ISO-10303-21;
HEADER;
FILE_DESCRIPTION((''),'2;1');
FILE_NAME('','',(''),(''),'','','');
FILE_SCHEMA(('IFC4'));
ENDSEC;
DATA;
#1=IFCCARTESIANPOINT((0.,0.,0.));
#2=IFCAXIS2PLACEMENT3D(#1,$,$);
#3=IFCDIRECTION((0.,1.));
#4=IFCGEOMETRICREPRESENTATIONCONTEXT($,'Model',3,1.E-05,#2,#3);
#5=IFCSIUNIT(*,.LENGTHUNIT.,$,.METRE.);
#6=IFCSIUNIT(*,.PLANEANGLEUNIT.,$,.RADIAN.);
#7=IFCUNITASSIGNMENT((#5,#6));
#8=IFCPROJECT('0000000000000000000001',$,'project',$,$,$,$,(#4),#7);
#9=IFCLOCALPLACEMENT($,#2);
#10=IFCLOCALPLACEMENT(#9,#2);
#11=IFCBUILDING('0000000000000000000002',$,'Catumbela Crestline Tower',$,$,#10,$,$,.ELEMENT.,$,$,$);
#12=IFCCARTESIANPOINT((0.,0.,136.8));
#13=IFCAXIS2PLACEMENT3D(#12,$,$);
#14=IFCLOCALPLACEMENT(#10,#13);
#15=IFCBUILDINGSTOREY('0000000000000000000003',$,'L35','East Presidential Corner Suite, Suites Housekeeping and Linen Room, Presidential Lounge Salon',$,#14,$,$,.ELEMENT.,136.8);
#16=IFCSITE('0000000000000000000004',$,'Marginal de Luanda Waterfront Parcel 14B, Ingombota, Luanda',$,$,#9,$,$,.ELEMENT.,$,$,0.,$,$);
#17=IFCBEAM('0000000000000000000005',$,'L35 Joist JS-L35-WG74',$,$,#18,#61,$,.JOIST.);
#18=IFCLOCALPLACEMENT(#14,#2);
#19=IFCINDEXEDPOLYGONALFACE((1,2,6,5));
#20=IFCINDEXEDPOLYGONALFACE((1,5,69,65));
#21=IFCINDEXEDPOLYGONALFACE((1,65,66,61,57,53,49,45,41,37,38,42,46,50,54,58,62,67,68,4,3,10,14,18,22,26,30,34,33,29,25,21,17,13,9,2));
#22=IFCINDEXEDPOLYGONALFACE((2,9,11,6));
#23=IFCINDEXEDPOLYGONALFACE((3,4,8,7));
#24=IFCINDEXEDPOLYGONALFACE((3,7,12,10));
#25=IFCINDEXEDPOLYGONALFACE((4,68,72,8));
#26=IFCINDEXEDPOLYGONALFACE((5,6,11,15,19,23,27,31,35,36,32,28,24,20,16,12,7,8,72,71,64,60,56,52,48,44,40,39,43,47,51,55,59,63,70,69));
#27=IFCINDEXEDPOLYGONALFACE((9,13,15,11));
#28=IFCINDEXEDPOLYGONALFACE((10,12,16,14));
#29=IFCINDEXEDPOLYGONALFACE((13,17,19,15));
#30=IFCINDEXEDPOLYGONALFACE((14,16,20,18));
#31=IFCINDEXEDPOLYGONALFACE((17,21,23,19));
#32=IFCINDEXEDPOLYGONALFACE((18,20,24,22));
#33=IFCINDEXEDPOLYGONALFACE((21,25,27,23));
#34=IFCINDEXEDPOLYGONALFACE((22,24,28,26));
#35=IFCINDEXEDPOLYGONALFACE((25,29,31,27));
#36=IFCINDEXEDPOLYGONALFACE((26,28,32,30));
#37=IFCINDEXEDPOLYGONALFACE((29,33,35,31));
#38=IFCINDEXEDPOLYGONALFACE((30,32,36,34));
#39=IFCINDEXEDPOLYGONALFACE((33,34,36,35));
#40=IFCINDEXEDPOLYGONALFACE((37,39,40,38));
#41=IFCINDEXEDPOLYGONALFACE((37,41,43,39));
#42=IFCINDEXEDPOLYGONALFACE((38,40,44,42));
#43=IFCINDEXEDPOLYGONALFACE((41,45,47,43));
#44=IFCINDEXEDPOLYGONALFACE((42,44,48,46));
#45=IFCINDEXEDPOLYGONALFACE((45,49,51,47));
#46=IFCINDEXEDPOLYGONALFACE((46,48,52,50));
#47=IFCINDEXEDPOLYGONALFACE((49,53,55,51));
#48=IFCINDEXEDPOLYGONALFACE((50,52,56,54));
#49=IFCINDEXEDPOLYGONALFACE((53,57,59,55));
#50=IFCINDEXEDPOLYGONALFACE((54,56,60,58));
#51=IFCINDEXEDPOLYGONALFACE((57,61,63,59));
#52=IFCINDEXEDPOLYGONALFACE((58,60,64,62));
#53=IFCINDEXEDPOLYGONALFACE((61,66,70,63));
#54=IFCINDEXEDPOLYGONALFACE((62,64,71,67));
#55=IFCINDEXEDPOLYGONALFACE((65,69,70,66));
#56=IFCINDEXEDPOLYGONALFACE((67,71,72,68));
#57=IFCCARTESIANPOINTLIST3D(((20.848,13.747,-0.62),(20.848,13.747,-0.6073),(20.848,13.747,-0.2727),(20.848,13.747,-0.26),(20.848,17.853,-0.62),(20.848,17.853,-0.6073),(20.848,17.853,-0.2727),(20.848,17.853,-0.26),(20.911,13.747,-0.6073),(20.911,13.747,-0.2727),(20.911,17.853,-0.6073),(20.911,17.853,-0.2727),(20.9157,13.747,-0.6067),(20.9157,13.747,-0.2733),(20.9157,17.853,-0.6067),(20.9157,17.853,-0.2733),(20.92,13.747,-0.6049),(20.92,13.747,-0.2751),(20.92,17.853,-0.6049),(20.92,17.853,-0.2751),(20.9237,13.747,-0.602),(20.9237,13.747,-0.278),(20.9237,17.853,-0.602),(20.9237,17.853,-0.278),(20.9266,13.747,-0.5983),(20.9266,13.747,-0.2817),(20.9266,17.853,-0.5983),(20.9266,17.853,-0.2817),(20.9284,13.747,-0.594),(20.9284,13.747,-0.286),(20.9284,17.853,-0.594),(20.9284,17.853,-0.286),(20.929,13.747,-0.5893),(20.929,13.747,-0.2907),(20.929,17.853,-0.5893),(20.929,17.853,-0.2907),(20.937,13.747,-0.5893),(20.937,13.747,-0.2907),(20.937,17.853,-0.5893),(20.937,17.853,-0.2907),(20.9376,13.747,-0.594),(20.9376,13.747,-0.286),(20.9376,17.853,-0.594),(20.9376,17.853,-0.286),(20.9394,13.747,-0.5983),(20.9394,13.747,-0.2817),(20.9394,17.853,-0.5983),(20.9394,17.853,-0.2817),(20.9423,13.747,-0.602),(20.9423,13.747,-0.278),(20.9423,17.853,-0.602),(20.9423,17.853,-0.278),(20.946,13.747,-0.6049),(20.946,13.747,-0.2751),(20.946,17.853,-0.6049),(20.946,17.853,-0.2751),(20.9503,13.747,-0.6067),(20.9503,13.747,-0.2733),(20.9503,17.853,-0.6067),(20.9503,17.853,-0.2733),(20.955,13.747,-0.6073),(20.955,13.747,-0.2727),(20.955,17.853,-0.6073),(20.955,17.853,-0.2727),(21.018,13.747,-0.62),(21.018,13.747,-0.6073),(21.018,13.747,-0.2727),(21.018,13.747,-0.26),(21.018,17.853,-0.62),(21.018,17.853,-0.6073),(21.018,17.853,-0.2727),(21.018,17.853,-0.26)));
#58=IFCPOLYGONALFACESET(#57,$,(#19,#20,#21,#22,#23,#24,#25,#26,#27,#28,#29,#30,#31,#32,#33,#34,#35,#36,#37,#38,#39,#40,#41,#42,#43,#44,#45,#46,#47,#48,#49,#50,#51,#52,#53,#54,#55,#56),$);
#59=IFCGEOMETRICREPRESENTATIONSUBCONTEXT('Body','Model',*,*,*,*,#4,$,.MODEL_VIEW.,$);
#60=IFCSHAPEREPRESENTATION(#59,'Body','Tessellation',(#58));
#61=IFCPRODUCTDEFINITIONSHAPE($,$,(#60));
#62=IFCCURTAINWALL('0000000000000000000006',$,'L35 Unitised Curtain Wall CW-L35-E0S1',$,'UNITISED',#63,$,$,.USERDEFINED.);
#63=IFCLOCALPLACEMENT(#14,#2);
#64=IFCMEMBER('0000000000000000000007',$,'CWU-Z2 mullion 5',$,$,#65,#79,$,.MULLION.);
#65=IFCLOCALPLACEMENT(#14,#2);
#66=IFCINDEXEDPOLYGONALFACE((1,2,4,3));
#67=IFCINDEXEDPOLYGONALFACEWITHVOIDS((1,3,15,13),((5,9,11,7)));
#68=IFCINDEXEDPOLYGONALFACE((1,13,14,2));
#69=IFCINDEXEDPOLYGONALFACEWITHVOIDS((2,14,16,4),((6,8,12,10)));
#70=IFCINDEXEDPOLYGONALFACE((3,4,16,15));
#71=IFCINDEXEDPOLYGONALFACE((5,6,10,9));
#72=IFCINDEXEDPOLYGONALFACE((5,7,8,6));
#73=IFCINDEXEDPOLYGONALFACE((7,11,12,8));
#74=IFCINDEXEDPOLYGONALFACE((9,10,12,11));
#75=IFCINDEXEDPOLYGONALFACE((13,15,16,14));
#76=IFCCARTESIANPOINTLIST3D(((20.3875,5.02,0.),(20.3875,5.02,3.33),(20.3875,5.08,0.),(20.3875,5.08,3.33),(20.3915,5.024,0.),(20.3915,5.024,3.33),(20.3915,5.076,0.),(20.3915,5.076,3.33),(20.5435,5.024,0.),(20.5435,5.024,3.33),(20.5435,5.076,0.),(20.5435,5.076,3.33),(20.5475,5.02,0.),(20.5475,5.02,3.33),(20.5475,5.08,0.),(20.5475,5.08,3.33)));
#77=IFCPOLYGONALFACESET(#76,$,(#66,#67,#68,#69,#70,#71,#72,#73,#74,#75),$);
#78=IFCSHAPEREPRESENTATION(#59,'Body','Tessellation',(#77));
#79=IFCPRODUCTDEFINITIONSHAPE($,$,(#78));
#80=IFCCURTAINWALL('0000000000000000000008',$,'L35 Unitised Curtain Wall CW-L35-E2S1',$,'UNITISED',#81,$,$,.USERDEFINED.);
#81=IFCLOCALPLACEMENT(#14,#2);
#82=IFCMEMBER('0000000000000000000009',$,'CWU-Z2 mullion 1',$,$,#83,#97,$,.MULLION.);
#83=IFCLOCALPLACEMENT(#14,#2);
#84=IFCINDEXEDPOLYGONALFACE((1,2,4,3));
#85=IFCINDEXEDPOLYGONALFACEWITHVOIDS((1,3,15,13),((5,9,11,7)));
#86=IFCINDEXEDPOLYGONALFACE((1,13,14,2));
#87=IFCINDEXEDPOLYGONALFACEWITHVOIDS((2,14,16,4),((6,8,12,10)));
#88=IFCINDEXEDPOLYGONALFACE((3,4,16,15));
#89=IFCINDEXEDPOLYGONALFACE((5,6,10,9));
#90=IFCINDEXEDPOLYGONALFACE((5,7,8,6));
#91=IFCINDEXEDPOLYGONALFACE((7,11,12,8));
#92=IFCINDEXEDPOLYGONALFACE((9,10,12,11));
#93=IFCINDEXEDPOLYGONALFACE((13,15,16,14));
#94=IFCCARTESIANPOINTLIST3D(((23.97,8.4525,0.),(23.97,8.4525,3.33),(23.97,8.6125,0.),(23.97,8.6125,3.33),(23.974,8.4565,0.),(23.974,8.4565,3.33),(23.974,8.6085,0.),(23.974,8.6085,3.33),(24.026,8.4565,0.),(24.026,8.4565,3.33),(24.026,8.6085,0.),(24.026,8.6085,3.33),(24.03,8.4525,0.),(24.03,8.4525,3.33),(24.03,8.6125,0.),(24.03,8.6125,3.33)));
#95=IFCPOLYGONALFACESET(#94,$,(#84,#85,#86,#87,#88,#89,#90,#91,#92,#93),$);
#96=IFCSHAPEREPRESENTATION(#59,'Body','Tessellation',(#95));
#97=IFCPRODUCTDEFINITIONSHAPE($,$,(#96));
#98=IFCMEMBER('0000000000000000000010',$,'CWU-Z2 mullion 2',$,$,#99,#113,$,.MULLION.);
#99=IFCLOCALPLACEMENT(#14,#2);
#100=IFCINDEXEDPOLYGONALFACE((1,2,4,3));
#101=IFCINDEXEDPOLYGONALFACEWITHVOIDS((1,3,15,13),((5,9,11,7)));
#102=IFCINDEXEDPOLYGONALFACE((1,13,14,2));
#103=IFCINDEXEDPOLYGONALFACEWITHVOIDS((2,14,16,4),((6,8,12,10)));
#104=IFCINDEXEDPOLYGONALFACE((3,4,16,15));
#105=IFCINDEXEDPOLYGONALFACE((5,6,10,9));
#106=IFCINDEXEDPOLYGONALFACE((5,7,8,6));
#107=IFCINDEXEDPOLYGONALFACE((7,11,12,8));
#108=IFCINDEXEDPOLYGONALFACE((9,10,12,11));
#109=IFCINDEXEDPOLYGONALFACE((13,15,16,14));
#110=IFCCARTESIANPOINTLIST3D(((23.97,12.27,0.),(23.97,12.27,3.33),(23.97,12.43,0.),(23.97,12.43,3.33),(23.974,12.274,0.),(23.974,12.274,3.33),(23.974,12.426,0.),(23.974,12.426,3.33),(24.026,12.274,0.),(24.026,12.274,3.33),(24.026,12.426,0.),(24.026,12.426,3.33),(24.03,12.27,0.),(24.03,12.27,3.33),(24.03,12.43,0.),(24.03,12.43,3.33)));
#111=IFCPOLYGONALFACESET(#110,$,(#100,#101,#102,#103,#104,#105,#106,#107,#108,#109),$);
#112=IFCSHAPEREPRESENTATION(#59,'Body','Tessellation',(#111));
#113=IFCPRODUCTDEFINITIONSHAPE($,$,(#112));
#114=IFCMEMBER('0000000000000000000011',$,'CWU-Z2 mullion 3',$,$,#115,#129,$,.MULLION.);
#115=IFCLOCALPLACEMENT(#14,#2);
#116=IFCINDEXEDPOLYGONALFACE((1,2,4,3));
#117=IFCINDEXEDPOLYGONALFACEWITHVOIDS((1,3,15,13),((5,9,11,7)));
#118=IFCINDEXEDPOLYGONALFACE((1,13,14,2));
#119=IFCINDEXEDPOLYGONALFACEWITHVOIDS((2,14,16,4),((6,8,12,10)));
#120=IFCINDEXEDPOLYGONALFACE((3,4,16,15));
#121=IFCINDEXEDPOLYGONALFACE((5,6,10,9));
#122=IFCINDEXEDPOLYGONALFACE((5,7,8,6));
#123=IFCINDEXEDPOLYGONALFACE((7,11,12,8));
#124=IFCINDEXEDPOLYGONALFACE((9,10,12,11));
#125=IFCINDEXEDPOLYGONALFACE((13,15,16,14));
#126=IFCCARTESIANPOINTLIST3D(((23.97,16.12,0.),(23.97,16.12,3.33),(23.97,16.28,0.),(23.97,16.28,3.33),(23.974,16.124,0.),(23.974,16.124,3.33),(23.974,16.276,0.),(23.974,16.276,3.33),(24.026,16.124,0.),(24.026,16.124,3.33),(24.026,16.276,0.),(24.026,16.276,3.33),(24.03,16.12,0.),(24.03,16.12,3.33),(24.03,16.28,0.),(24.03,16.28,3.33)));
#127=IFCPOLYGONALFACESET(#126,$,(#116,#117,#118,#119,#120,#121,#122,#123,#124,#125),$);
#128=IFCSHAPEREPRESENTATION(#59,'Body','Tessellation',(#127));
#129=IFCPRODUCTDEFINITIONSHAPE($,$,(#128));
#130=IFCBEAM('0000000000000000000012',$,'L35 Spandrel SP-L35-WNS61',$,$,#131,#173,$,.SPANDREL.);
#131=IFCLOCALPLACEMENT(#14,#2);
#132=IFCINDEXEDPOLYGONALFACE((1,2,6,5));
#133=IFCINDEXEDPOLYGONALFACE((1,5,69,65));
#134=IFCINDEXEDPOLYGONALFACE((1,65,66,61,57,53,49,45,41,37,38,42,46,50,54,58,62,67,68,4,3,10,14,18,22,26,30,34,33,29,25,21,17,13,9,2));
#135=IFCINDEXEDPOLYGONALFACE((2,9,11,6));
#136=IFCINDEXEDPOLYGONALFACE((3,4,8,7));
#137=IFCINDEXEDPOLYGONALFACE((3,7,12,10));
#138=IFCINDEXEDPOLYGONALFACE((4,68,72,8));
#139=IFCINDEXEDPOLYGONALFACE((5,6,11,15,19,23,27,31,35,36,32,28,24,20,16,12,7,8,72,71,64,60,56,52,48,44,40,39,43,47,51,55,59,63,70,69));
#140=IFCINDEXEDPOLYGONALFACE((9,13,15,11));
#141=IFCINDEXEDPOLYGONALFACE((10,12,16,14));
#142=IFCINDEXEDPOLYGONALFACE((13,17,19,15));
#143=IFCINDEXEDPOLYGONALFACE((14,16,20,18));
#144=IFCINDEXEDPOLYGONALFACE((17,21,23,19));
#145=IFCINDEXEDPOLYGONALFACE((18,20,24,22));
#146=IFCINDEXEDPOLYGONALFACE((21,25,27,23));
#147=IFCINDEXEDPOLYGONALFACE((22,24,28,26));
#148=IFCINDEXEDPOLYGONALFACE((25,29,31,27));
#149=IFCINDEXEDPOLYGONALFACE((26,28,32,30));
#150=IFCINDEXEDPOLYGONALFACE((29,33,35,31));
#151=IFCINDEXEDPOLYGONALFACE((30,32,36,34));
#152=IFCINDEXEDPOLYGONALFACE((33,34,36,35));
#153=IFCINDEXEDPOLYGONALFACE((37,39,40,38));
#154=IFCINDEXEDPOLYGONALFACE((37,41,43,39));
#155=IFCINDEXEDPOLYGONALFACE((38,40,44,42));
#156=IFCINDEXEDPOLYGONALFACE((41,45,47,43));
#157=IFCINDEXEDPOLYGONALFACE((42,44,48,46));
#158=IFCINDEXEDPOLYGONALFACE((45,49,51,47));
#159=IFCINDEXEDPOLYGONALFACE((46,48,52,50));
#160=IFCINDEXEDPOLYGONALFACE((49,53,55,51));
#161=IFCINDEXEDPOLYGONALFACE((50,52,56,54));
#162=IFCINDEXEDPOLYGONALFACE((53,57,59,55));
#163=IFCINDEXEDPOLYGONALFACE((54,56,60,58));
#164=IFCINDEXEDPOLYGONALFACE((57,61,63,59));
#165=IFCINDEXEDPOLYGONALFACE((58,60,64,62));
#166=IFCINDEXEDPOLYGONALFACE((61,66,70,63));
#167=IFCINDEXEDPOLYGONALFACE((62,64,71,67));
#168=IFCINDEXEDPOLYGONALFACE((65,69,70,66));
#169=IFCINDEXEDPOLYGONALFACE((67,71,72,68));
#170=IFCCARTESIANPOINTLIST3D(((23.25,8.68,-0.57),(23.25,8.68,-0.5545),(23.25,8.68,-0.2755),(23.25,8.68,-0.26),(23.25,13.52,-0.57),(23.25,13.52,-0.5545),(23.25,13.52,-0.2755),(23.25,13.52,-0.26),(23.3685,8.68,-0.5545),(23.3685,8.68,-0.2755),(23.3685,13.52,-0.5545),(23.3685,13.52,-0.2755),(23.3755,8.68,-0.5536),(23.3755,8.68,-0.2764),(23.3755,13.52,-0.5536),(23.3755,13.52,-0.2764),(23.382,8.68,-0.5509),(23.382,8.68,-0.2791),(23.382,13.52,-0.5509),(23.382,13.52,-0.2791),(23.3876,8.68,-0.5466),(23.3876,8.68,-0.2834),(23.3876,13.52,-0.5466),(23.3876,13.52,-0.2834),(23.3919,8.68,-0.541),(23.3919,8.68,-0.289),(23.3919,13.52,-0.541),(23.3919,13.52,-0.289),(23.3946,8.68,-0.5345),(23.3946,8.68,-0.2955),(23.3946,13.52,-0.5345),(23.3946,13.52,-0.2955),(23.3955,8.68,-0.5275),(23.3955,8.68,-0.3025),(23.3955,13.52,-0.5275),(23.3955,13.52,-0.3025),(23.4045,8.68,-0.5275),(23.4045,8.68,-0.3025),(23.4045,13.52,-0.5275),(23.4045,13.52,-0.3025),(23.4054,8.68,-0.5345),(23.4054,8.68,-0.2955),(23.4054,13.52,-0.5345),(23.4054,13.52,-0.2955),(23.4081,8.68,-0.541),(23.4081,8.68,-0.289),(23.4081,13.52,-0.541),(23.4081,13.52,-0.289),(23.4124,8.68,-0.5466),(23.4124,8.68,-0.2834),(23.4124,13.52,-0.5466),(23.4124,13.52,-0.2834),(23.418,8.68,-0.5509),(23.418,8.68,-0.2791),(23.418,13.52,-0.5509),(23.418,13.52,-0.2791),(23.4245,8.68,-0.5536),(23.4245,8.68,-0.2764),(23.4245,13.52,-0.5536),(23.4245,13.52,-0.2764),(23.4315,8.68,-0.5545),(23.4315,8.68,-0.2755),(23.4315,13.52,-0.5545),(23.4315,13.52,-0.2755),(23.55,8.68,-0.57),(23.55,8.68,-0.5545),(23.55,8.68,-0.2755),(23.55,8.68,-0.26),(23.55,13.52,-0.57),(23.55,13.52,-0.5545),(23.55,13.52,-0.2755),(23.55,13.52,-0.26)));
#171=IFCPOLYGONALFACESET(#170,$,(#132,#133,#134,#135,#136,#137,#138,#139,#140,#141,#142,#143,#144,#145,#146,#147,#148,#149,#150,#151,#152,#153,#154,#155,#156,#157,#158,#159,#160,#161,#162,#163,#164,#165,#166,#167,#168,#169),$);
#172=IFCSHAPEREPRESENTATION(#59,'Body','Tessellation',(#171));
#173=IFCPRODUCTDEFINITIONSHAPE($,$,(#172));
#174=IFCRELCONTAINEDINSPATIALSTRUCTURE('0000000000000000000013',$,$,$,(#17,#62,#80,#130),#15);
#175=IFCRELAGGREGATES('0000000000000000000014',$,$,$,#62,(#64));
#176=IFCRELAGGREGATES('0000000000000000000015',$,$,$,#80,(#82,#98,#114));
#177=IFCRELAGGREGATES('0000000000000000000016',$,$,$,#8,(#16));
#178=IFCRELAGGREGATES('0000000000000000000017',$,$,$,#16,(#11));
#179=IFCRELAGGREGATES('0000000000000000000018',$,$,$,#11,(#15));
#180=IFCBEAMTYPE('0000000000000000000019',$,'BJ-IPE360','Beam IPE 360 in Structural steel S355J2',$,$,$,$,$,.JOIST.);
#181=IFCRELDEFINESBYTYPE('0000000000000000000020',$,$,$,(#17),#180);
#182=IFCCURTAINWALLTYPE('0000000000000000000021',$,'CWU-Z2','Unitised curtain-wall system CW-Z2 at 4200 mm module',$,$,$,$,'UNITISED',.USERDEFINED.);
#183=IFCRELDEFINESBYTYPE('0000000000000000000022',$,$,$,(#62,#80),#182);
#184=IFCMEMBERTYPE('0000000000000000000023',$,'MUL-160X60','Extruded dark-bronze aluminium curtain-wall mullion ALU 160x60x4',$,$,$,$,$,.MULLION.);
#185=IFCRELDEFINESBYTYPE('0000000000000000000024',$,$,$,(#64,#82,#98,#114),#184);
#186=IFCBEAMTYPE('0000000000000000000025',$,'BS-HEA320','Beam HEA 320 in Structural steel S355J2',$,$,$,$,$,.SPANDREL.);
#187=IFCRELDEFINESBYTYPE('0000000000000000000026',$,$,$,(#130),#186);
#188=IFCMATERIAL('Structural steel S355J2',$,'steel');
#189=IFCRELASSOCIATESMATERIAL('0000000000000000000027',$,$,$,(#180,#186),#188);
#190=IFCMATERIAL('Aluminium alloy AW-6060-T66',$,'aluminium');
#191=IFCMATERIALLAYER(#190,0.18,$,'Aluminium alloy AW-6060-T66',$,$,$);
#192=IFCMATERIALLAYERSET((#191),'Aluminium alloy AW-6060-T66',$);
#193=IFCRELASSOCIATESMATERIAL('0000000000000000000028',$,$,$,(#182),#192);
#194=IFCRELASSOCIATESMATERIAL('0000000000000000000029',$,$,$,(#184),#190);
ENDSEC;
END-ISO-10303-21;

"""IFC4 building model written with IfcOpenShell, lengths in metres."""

from ifc_helpers import new_model, si_unit, direction, frame, origin, origin_2d, place, context, subcontext, project, spatial, hollow_rectangle, i_section, extrude, material, layer, layer_set, material_profile, profile_set, type_object, element, aggregate, save


model = new_model("IFC4")

# Units and contexts
model_context = context("Model", 3, precision=1e-05, world=origin(), true_north=direction((0.0, 1.0)))
body_context = subcontext(model_context, "Body", "Model", "MODEL_VIEW")
ifc_project = project(units=[si_unit("LENGTHUNIT", "METRE"), si_unit("PLANEANGLEUNIT", "RADIAN")], contexts=[model_context])

# Site, building, storey
site_placement = place(None, origin())
site = spatial("IfcSite", under=ifc_project, at=site_placement, Name="Marginal de Luanda Waterfront Parcel 14B, Ingombota, Luanda", CompositionType="ELEMENT", RefElevation=0.0)
building_placement = place(site_placement, origin())
building = spatial("IfcBuilding", under=site, at=building_placement, Name="Catumbela Crestline Tower", CompositionType="ELEMENT")
storey_placement = place(building_placement, frame((0.0, 0.0, 136.8)))
storey = spatial("IfcBuildingStorey", under=building, at=storey_placement, Name="L35", Description="East Presidential Corner Suite, Suites Housekeeping and Linen Room, Presidential Lounge Salon", CompositionType="ELEMENT", Elevation=136.8)

# Beam
ifc_material_1 = material(Name="Structural steel S355J2", Category="steel")
ifc_material_profile_1 = material_profile(ifc_material_1, i_section(OverallWidth=0.17, OverallDepth=0.36, WebThickness=0.008, FlangeThickness=0.0127, FilletRadius=0.018, at=origin_2d()), Name="IPE 360")
ifc_profile_set_1 = profile_set([ifc_material_profile_1], Name="Structural steel S355J2")
beam_type_1 = type_object("IfcBeamType", Name="BJ-IPE360", Description="Beam IPE 360 in Structural steel S355J2", PredefinedType="JOIST", material=ifc_profile_set_1)
beam_1_placement = place(storey_placement, frame((20.933, 13.747, -0.44), z_axis=(0.0, 1.0, 0.0), x_axis=(-1.0, 0.0, 0.0)))
element("IfcBeam", 1, at=beam_1_placement, inside=storey, type_object=beam_type_1, Name="L35 Joist JS-L35-WG74", PredefinedType="JOIST", context=body_context, shape_type="SweptSolid", body=[
    extrude(i_section(OverallWidth=0.17, OverallDepth=0.36, WebThickness=0.008, FlangeThickness=0.0127, FilletRadius=0.018, at=origin_2d()), origin(), (0.0, 0.0, 1.0), 4.106),
])

# Curtain wall, member
ifc_material_2 = material(Name="Aluminium alloy AW-6060-T66", Category="aluminium")
ifc_layer_1 = layer(ifc_material_2, 0.18, Name="Aluminium alloy AW-6060-T66")
ifc_layer_set_1 = layer_set([ifc_layer_1], Name="Aluminium alloy AW-6060-T66")
curtain_wall_type = type_object("IfcCurtainWallType", Name="CWU-Z2", Description="Unitised curtain-wall system CW-Z2 at 4200 mm module", ElementType="UNITISED", PredefinedType="USERDEFINED", material=ifc_layer_set_1)
curtain_wall_1_placement = place(storey_placement, origin())
curtain_wall_1 = element("IfcCurtainWall", 2, at=curtain_wall_1_placement, inside=storey, type_object=curtain_wall_type, Name="L35 Unitised Curtain Wall CW-L35-E0S1", ObjectType="UNITISED", PredefinedType="USERDEFINED")
ifc_material_profile_2 = material_profile(ifc_material_2, hollow_rectangle(XDim=0.06, YDim=0.16, WallThickness=0.004, at=origin_2d()), Name="ALU 160x60x4")
ifc_profile_set_2 = profile_set([ifc_material_profile_2], Name="Aluminium alloy AW-6060-T66")
member_type_1 = type_object("IfcMemberType", Name="MUL-160X60", Description="Extruded dark-bronze aluminium curtain-wall mullion ALU 160x60x4", PredefinedType="MULLION", material=ifc_profile_set_2)
member_1_placement = place(storey_placement, frame((20.4675, 5.05, 0.0), z_axis=(0.0, 0.0, 1.0), x_axis=(0.0, 1.0, 0.0)))
member_1 = element("IfcMember", 3, at=member_1_placement, type_object=member_type_1, Name="CWU-Z2 mullion 5", PredefinedType="MULLION", context=body_context, shape_type="SweptSolid", body=[
    extrude(hollow_rectangle(XDim=0.06, YDim=0.16, WallThickness=0.004, at=origin_2d()), origin(), (0.0, 0.0, 1.0), 3.33),
])
aggregate(curtain_wall_1, [member_1])

# Curtain wall, members
curtain_wall_2_placement = place(storey_placement, origin())
curtain_wall_2 = element("IfcCurtainWall", 4, at=curtain_wall_2_placement, inside=storey, type_object=curtain_wall_type, Name="L35 Unitised Curtain Wall CW-L35-E2S1", ObjectType="UNITISED", PredefinedType="USERDEFINED")
member_2_placement = place(storey_placement, frame((24.0, 8.5325, 0.0), z_axis=(0.0, 0.0, 1.0), x_axis=(-1.0, 0.0, 0.0)))
member_2 = element("IfcMember", 5, at=member_2_placement, type_object=member_type_1, Name="CWU-Z2 mullion 1", PredefinedType="MULLION", context=body_context, shape_type="SweptSolid", body=[
    extrude(hollow_rectangle(XDim=0.06, YDim=0.16, WallThickness=0.004, at=origin_2d()), origin(), (0.0, 0.0, 1.0), 3.33),
])
member_3_placement = place(storey_placement, frame((24.0, 12.35, 0.0), z_axis=(0.0, 0.0, 1.0), x_axis=(-1.0, 0.0, 0.0)))
member_3 = element("IfcMember", 6, at=member_3_placement, type_object=member_type_1, Name="CWU-Z2 mullion 2", PredefinedType="MULLION", context=body_context, shape_type="SweptSolid", body=[
    extrude(hollow_rectangle(XDim=0.06, YDim=0.16, WallThickness=0.004, at=origin_2d()), origin(), (0.0, 0.0, 1.0), 3.33),
])
member_4_placement = place(storey_placement, frame((24.0, 16.2, 0.0), z_axis=(0.0, 0.0, 1.0), x_axis=(-1.0, 0.0, 0.0)))
member_4 = element("IfcMember", 7, at=member_4_placement, type_object=member_type_1, Name="CWU-Z2 mullion 3", PredefinedType="MULLION", context=body_context, shape_type="SweptSolid", body=[
    extrude(hollow_rectangle(XDim=0.06, YDim=0.16, WallThickness=0.004, at=origin_2d()), origin(), (0.0, 0.0, 1.0), 3.33),
])

# Beam
ifc_material_profile_3 = material_profile(ifc_material_1, i_section(OverallWidth=0.3, OverallDepth=0.31, WebThickness=0.009, FlangeThickness=0.0155, FilletRadius=0.027, at=origin_2d()), Name="HEA 320")
ifc_profile_set_3 = profile_set([ifc_material_profile_3], Name="Structural steel S355J2")
beam_type_2 = type_object("IfcBeamType", Name="BS-HEA320", Description="Beam HEA 320 in Structural steel S355J2", PredefinedType="SPANDREL", material=ifc_profile_set_3)
beam_2_placement = place(storey_placement, frame((23.4, 8.68, -0.415), z_axis=(0.0, 1.0, 0.0), x_axis=(-1.0, 0.0, 0.0)))
element("IfcBeam", 8, at=beam_2_placement, inside=storey, type_object=beam_type_2, Name="L35 Spandrel SP-L35-WNS61", PredefinedType="SPANDREL", context=body_context, shape_type="SweptSolid", body=[
    extrude(i_section(OverallWidth=0.3, OverallDepth=0.31, WebThickness=0.009, FlangeThickness=0.0155, FilletRadius=0.027, at=origin_2d()), origin(), (0.0, 0.0, 1.0), 4.84),
])

aggregate(curtain_wall_2, [member_2, member_3, member_4])

save(model, "model.ifc")
